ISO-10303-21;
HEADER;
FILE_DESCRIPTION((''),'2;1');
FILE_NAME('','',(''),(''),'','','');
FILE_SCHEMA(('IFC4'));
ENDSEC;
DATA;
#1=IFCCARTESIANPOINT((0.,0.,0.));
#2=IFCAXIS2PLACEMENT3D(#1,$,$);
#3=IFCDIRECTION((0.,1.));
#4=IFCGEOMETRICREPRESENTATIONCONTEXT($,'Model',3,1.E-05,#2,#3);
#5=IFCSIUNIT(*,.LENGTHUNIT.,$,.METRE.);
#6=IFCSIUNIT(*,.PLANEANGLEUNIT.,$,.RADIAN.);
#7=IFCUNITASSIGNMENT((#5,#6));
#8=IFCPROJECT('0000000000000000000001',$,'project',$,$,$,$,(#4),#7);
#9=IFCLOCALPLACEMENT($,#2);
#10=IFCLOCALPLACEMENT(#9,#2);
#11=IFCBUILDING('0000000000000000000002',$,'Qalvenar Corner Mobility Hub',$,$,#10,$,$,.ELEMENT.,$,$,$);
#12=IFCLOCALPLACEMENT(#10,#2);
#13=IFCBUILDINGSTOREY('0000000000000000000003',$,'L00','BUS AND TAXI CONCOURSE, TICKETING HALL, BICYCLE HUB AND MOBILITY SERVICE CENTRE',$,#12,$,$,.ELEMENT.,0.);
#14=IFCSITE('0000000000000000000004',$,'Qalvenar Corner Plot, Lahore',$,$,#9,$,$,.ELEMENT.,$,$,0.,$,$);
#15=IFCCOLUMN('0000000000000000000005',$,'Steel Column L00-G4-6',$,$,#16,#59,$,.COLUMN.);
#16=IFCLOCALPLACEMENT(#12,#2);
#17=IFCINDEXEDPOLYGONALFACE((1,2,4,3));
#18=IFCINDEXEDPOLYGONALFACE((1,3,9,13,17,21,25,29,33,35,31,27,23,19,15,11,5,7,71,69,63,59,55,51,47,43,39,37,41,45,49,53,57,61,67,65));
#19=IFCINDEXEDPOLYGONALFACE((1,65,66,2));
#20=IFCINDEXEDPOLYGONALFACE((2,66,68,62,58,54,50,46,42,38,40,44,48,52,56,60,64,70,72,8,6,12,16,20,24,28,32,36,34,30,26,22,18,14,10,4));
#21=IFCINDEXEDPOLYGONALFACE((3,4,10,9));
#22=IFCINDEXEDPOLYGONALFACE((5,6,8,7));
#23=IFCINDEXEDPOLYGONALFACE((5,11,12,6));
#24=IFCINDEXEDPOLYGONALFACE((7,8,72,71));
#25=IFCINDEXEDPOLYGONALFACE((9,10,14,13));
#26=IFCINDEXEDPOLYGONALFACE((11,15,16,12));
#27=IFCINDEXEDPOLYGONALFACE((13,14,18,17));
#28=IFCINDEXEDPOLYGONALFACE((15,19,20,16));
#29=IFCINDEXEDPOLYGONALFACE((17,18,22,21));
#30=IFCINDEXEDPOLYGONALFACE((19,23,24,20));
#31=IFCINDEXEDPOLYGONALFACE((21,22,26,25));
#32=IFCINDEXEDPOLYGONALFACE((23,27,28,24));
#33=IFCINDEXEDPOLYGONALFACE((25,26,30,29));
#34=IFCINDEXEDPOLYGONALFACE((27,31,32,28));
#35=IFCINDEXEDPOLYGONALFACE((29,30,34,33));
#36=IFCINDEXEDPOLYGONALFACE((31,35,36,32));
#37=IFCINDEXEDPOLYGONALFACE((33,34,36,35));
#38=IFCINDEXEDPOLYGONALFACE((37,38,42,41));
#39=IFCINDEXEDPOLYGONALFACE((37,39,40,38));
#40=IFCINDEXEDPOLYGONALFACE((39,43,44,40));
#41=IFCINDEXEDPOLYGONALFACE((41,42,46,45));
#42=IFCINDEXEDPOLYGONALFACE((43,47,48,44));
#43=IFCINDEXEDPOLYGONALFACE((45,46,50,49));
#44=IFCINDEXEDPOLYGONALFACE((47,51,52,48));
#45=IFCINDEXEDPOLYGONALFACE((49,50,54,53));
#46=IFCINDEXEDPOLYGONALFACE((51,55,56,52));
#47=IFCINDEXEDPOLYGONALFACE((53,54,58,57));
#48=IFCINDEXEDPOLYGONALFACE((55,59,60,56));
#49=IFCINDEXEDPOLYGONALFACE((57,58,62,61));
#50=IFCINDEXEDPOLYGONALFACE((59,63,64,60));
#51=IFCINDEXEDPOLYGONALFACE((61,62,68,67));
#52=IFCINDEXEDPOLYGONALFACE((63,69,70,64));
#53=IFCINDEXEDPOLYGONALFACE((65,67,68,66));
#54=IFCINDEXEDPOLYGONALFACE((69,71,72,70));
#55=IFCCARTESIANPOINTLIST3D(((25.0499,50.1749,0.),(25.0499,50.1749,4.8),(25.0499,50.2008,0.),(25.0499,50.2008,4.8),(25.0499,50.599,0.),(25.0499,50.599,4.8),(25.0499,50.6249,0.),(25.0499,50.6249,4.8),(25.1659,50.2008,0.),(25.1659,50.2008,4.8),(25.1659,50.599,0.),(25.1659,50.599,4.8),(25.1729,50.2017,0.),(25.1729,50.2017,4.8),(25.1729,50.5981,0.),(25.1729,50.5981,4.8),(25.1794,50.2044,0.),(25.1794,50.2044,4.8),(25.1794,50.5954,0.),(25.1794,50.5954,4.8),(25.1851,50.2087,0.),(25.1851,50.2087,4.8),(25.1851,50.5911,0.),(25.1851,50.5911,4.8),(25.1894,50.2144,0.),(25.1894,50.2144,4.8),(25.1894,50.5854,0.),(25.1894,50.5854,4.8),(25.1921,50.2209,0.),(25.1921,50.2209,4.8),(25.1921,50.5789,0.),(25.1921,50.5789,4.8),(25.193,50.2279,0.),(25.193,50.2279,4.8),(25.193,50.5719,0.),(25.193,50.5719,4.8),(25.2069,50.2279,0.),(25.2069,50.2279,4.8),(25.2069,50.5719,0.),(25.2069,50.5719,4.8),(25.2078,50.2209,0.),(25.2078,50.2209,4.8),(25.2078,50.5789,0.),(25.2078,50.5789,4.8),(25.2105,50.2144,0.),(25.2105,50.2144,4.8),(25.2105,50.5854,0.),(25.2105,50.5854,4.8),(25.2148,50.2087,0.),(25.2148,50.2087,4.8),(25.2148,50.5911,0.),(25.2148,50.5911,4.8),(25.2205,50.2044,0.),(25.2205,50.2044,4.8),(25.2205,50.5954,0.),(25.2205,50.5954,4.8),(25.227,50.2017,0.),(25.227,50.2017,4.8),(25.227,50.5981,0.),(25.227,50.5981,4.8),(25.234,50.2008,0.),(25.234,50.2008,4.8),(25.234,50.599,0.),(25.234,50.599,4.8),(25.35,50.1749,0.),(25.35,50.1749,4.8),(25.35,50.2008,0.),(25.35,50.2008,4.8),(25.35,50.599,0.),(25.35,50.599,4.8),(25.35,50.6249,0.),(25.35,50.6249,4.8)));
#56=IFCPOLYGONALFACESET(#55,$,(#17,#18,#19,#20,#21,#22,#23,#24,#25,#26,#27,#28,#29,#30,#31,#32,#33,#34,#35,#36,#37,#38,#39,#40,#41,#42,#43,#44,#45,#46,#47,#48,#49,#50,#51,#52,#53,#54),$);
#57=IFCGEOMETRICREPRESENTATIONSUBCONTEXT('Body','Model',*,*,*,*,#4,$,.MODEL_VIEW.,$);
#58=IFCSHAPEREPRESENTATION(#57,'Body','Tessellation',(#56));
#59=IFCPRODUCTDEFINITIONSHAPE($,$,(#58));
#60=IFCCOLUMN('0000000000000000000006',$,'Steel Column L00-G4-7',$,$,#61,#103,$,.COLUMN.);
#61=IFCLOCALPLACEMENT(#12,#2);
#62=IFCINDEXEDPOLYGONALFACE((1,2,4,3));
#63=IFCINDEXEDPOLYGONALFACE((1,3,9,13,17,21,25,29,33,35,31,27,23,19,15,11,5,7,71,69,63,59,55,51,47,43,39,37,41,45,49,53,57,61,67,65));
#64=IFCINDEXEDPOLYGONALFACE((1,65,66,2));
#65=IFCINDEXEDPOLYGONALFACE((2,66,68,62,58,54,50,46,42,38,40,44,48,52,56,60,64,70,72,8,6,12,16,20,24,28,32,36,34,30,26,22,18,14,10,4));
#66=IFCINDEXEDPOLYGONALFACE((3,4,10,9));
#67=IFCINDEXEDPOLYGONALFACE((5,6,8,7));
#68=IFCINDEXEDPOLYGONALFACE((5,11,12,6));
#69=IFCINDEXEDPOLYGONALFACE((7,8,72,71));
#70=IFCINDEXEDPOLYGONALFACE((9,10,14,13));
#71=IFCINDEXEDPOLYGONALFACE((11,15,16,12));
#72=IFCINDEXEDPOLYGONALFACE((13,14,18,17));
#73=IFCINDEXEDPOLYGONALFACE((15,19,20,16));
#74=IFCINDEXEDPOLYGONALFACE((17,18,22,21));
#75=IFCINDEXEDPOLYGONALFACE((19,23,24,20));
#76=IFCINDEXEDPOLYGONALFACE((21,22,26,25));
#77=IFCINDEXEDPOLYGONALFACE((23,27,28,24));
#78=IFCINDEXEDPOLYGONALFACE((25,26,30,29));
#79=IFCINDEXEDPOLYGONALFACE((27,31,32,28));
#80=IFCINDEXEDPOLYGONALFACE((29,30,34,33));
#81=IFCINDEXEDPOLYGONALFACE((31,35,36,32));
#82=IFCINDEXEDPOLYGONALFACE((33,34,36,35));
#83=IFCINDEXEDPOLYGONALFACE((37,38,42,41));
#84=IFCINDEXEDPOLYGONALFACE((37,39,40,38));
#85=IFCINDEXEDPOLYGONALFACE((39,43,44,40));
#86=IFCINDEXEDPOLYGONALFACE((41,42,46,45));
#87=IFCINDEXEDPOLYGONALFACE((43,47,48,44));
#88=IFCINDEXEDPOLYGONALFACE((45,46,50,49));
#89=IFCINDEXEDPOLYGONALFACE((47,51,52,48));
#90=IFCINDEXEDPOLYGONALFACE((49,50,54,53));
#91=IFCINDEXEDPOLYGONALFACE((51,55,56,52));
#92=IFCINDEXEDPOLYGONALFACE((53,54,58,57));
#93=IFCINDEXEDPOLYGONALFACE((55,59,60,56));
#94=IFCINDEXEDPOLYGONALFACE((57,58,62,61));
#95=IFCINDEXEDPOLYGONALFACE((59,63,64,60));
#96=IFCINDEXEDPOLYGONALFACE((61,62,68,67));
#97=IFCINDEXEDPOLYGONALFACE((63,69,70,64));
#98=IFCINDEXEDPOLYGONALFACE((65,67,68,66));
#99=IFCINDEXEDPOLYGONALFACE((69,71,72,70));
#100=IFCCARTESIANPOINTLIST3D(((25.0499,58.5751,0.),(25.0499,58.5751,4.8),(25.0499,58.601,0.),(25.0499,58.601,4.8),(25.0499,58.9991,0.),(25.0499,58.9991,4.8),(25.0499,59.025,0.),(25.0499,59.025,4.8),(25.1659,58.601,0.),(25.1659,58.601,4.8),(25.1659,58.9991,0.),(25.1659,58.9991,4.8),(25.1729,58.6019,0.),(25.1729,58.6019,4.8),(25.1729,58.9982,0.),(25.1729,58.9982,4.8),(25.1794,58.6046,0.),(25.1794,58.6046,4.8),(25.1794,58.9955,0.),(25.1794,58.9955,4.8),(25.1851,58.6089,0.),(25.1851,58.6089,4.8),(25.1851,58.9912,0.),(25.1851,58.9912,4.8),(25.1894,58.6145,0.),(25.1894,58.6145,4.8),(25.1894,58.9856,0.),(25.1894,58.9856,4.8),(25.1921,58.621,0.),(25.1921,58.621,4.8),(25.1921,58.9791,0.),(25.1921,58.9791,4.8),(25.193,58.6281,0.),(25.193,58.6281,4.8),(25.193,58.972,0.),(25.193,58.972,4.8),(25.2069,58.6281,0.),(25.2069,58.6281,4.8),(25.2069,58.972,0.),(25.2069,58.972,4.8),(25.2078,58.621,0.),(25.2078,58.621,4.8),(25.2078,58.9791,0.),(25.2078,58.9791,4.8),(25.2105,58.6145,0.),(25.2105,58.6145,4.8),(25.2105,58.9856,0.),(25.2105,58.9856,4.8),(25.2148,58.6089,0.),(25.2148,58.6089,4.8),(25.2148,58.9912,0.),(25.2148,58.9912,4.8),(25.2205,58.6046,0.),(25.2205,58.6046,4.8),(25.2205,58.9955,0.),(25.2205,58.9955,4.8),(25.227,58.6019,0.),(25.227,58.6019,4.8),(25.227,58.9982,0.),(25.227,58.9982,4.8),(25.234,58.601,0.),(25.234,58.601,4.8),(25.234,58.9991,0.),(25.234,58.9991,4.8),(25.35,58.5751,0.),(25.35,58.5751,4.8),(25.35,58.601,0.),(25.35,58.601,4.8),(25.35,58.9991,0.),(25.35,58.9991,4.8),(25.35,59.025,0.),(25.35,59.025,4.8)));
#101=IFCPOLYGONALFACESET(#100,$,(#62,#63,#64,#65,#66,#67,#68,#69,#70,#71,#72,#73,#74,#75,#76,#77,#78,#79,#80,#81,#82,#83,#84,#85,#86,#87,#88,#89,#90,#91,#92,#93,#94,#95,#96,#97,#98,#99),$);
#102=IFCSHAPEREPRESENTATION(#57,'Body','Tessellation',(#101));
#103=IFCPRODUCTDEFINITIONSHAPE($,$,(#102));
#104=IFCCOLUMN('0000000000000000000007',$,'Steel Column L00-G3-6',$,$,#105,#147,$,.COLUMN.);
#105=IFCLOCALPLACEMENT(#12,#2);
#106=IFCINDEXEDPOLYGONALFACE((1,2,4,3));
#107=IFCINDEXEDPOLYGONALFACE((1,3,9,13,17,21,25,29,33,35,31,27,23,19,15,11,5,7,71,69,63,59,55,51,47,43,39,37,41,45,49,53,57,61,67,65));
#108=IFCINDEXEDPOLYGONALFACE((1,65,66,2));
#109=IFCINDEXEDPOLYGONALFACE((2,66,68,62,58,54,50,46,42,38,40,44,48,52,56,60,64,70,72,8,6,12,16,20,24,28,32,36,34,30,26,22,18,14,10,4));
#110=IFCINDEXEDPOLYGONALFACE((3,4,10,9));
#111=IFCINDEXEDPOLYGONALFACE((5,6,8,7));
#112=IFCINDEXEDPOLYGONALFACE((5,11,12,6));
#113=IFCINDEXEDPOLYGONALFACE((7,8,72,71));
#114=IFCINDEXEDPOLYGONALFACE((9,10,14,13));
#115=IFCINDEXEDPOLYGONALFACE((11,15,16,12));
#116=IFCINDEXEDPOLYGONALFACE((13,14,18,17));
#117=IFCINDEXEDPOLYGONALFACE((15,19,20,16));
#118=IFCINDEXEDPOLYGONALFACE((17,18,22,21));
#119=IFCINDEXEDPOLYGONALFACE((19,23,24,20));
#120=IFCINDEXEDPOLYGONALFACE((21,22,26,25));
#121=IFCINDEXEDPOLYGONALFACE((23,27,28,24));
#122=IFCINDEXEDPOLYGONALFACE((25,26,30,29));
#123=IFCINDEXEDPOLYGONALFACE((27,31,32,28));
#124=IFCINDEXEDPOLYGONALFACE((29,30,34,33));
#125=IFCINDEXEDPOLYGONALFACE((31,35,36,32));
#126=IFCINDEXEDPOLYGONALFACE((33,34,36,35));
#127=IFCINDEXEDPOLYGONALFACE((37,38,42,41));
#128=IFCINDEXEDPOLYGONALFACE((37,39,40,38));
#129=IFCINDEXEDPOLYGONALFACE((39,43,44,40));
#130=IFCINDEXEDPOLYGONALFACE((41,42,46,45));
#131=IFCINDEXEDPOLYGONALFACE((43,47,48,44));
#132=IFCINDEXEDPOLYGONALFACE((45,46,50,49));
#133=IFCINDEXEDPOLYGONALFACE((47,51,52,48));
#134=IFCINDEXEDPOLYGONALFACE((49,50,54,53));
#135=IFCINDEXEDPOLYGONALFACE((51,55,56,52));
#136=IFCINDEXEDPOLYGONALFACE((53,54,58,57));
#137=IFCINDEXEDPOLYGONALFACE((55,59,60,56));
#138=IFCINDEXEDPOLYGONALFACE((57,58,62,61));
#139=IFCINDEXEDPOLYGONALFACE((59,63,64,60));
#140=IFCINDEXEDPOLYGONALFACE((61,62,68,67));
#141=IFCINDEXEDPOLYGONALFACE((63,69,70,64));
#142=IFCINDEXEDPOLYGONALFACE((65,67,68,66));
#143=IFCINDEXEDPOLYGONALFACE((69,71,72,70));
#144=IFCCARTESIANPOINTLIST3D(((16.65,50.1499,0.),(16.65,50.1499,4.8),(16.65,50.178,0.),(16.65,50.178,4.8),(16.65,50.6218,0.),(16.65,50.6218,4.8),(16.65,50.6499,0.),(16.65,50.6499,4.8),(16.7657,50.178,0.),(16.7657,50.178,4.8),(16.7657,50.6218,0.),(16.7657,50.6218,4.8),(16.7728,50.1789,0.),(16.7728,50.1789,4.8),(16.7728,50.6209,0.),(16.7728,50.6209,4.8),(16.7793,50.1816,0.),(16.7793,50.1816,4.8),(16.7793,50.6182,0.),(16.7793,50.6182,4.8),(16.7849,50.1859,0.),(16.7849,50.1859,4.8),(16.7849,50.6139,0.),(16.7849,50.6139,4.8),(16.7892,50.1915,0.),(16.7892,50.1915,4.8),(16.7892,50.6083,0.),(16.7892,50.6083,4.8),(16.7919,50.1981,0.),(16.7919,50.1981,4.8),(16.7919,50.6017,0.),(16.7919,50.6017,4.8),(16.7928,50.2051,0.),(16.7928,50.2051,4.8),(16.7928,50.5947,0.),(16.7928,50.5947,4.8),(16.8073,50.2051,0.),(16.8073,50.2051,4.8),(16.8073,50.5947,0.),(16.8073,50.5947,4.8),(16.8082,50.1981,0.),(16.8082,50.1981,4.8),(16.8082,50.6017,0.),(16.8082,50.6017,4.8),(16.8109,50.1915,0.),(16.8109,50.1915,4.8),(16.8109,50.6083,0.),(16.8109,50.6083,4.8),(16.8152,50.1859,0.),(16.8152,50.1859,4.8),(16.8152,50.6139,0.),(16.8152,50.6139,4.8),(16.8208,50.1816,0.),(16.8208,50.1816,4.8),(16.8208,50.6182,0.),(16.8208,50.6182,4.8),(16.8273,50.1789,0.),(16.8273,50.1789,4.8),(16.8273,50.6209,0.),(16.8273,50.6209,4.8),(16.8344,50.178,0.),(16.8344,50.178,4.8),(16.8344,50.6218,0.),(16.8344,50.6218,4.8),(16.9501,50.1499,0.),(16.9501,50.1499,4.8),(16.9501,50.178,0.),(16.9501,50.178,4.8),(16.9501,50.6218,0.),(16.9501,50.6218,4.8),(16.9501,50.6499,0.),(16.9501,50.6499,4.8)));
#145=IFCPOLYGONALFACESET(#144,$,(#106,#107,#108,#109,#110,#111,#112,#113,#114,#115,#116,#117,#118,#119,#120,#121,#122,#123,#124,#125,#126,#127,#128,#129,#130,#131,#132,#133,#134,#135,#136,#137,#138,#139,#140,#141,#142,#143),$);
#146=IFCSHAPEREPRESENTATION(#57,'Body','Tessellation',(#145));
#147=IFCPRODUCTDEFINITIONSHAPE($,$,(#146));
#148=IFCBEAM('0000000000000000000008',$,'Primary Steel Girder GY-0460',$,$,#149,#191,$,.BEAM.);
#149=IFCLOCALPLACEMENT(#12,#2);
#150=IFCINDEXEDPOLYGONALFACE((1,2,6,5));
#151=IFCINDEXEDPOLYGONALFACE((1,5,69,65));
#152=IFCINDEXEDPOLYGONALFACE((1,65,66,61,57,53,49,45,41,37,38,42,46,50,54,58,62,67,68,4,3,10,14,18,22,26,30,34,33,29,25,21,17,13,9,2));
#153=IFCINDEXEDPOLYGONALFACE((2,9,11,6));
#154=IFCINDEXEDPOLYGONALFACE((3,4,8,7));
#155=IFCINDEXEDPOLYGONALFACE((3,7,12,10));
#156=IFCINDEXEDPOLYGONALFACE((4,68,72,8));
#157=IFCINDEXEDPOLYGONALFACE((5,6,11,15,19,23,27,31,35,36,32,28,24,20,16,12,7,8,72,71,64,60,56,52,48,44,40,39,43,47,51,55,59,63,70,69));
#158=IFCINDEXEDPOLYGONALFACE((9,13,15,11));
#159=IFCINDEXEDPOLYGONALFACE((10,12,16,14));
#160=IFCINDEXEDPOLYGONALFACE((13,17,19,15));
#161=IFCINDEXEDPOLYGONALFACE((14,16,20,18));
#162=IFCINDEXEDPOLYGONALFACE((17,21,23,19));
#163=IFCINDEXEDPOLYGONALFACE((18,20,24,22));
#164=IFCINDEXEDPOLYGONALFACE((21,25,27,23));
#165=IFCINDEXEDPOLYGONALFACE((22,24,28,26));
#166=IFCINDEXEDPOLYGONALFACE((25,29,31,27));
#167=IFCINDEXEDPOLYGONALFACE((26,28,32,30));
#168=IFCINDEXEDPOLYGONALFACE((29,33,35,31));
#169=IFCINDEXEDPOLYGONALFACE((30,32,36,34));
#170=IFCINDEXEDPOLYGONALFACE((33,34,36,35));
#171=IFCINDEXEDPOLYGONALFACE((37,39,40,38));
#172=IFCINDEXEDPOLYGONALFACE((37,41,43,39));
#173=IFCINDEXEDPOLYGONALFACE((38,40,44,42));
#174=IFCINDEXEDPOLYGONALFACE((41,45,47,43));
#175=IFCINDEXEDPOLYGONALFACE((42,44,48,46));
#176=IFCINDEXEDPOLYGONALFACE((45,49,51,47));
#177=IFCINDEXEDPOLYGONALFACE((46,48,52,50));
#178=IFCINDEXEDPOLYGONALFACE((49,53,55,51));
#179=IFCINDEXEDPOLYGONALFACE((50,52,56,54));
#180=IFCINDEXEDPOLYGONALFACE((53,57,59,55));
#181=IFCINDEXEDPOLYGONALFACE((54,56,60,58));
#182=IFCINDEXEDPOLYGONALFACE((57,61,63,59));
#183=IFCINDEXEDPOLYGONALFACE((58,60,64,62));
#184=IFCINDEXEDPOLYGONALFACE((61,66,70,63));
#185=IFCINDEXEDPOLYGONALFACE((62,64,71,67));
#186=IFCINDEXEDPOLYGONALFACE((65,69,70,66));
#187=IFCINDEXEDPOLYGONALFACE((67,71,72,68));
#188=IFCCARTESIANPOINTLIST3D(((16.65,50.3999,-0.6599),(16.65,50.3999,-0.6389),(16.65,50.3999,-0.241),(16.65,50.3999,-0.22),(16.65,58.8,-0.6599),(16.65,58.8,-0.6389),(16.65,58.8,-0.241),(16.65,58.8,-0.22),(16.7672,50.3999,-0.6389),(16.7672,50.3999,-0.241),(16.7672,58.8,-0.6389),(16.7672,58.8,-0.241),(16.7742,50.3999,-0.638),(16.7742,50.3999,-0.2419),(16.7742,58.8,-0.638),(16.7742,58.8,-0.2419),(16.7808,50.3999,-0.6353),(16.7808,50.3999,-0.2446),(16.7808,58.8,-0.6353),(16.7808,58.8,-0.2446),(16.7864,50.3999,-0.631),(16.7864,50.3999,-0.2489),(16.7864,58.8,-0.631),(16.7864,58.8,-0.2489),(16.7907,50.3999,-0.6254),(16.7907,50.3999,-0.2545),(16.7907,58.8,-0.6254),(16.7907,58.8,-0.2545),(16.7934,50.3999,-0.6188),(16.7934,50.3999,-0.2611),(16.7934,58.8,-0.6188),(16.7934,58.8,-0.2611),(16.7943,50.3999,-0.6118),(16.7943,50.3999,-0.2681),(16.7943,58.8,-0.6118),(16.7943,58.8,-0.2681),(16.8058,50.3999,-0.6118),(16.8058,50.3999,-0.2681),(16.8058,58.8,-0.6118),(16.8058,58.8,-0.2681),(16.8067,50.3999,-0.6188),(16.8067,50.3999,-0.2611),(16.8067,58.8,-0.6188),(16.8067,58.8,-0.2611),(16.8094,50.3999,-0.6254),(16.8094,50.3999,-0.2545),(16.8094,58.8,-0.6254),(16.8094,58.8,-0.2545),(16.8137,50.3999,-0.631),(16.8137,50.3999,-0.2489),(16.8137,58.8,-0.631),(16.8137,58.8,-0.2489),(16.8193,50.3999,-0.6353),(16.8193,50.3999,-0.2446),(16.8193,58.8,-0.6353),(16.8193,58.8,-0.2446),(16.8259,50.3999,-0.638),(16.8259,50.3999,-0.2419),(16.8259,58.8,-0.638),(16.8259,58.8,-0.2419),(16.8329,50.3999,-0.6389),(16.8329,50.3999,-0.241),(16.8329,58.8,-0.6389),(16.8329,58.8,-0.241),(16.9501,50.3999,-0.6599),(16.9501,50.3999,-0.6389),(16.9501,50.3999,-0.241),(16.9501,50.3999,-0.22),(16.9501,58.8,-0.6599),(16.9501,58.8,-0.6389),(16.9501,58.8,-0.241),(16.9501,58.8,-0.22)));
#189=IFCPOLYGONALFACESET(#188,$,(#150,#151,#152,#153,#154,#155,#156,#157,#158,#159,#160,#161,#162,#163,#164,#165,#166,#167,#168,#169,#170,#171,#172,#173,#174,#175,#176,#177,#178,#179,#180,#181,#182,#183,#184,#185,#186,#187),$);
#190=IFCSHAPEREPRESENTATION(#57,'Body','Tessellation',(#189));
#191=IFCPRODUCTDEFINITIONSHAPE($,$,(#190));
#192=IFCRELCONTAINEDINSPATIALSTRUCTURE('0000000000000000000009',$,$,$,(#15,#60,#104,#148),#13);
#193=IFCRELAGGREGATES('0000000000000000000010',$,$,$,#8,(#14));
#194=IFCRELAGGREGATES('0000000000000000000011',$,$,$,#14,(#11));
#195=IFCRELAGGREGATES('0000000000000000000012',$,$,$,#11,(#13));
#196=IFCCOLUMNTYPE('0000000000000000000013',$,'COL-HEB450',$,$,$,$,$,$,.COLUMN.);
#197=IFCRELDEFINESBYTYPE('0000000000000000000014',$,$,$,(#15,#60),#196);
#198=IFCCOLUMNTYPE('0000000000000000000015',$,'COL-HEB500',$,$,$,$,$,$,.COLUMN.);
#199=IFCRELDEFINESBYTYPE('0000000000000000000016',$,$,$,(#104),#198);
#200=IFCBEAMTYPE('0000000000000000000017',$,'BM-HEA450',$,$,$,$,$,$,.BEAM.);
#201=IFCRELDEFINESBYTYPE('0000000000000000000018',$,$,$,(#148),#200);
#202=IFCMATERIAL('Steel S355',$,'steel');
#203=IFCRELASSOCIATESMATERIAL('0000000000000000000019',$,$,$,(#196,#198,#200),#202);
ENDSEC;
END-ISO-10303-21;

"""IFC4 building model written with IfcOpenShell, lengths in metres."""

from ifc_helpers import new_model, si_unit, direction, frame, origin, origin_2d, place, context, subcontext, project, spatial, i_section, extrude, material, material_profile, profile_set, type_object, element, save


model = new_model("IFC4")

# Units and contexts
model_context = context("Model", 3, precision=1e-05, world=origin(), true_north=direction((0.0, 1.0)))
body_context = subcontext(model_context, "Body", "Model", "MODEL_VIEW")
ifc_project = project(units=[si_unit("LENGTHUNIT", "METRE"), si_unit("PLANEANGLEUNIT", "RADIAN")], contexts=[model_context])

# Site, building, storey
site_placement = place(None, origin())
site = spatial("IfcSite", under=ifc_project, at=site_placement, Name="Qalvenar Corner Plot, Lahore", CompositionType="ELEMENT", RefElevation=0.0)
building_placement = place(site_placement, origin())
building = spatial("IfcBuilding", under=site, at=building_placement, Name="Qalvenar Corner Mobility Hub", CompositionType="ELEMENT")
storey_placement = place(building_placement, origin())
storey = spatial("IfcBuildingStorey", under=building, at=storey_placement, Name="L00", Description="BUS AND TAXI CONCOURSE, TICKETING HALL, BICYCLE HUB AND MOBILITY SERVICE CENTRE", CompositionType="ELEMENT", Elevation=0.0)

# Columns
ifc_material_1 = material(Name="Steel S355", Category="steel")
ifc_material_profile_1 = material_profile(ifc_material_1, i_section(OverallWidth=0.3, OverallDepth=0.45, WebThickness=0.0139, FlangeThickness=0.0259, FilletRadius=0.0271, at=origin_2d()), Name="HEB450")
ifc_profile_set_1 = profile_set([ifc_material_profile_1], Name="Steel S355")
column_type_1 = type_object("IfcColumnType", Name="COL-HEB450", PredefinedType="COLUMN", material=ifc_profile_set_1)
for number, where, z_axis, x_axis, name in (
    (1, (25.2, 50.3999, 0.0), (0.0, 0.0, 1.0), (1.0, 0.0, 0.0), "Steel Column L00-G4-6"),
    (2, (25.2, 58.8, 0.0), (0.0, 0.0, 1.0), (1.0, 0.0, 0.0), "Steel Column L00-G4-7"),
):
    element("IfcColumn", number, at=place(storey_placement, frame(where, z_axis=z_axis, x_axis=x_axis)), inside=storey, type_object=column_type_1, Name=name, PredefinedType="COLUMN", context=body_context, shape_type="SweptSolid", body=[
        extrude(i_section(OverallWidth=0.3, OverallDepth=0.45, WebThickness=0.0139, FlangeThickness=0.0259, FilletRadius=0.0271, at=origin_2d()), origin(), (0.0, 0.0, 1.0), 4.8),
    ])
ifc_material_profile_2 = material_profile(ifc_material_1, i_section(OverallWidth=0.3, OverallDepth=0.5, WebThickness=0.0144, FlangeThickness=0.0281, FilletRadius=0.0271, at=origin_2d()), Name="HEB500")
ifc_profile_set_2 = profile_set([ifc_material_profile_2], Name="Steel S355")
column_type_2 = type_object("IfcColumnType", Name="COL-HEB500", PredefinedType="COLUMN", material=ifc_profile_set_2)
column_placement = place(storey_placement, frame((16.8, 50.3999, 0.0), z_axis=(0.0, 0.0, 1.0), x_axis=(1.0, 0.0, 0.0)))
element("IfcColumn", 3, at=column_placement, inside=storey, type_object=column_type_2, Name="Steel Column L00-G3-6", PredefinedType="COLUMN", context=body_context, shape_type="SweptSolid", body=[
    extrude(i_section(OverallWidth=0.3, OverallDepth=0.5, WebThickness=0.0144, FlangeThickness=0.0281, FilletRadius=0.0271, at=origin_2d()), origin(), (0.0, 0.0, 1.0), 4.8),
])

# Beam
ifc_material_profile_3 = material_profile(ifc_material_1, i_section(OverallWidth=0.3, OverallDepth=0.4399, WebThickness=0.0115, FlangeThickness=0.021, FilletRadius=0.0271, at=origin_2d()), Name="HEA450")
ifc_profile_set_3 = profile_set([ifc_material_profile_3], Name="Steel S355")
beam_type_1 = type_object("IfcBeamType", Name="BM-HEA450", PredefinedType="BEAM", material=ifc_profile_set_3)
beam_1_placement = place(storey_placement, frame((16.8, 50.3999, -0.4399), z_axis=(0.0, 1.0, 0.0), x_axis=(-1.0, 0.0, 0.0)))
element("IfcBeam", 4, at=beam_1_placement, inside=storey, type_object=beam_type_1, Name="Primary Steel Girder GY-0460", PredefinedType="BEAM", context=body_context, shape_type="SweptSolid", body=[
    extrude(i_section(OverallWidth=0.3, OverallDepth=0.4399, WebThickness=0.0115, FlangeThickness=0.021, FilletRadius=0.0271, at=origin_2d()), origin(), (0.0, 0.0, 1.0), 8.4001),
])

save(model, "model.ifc")
